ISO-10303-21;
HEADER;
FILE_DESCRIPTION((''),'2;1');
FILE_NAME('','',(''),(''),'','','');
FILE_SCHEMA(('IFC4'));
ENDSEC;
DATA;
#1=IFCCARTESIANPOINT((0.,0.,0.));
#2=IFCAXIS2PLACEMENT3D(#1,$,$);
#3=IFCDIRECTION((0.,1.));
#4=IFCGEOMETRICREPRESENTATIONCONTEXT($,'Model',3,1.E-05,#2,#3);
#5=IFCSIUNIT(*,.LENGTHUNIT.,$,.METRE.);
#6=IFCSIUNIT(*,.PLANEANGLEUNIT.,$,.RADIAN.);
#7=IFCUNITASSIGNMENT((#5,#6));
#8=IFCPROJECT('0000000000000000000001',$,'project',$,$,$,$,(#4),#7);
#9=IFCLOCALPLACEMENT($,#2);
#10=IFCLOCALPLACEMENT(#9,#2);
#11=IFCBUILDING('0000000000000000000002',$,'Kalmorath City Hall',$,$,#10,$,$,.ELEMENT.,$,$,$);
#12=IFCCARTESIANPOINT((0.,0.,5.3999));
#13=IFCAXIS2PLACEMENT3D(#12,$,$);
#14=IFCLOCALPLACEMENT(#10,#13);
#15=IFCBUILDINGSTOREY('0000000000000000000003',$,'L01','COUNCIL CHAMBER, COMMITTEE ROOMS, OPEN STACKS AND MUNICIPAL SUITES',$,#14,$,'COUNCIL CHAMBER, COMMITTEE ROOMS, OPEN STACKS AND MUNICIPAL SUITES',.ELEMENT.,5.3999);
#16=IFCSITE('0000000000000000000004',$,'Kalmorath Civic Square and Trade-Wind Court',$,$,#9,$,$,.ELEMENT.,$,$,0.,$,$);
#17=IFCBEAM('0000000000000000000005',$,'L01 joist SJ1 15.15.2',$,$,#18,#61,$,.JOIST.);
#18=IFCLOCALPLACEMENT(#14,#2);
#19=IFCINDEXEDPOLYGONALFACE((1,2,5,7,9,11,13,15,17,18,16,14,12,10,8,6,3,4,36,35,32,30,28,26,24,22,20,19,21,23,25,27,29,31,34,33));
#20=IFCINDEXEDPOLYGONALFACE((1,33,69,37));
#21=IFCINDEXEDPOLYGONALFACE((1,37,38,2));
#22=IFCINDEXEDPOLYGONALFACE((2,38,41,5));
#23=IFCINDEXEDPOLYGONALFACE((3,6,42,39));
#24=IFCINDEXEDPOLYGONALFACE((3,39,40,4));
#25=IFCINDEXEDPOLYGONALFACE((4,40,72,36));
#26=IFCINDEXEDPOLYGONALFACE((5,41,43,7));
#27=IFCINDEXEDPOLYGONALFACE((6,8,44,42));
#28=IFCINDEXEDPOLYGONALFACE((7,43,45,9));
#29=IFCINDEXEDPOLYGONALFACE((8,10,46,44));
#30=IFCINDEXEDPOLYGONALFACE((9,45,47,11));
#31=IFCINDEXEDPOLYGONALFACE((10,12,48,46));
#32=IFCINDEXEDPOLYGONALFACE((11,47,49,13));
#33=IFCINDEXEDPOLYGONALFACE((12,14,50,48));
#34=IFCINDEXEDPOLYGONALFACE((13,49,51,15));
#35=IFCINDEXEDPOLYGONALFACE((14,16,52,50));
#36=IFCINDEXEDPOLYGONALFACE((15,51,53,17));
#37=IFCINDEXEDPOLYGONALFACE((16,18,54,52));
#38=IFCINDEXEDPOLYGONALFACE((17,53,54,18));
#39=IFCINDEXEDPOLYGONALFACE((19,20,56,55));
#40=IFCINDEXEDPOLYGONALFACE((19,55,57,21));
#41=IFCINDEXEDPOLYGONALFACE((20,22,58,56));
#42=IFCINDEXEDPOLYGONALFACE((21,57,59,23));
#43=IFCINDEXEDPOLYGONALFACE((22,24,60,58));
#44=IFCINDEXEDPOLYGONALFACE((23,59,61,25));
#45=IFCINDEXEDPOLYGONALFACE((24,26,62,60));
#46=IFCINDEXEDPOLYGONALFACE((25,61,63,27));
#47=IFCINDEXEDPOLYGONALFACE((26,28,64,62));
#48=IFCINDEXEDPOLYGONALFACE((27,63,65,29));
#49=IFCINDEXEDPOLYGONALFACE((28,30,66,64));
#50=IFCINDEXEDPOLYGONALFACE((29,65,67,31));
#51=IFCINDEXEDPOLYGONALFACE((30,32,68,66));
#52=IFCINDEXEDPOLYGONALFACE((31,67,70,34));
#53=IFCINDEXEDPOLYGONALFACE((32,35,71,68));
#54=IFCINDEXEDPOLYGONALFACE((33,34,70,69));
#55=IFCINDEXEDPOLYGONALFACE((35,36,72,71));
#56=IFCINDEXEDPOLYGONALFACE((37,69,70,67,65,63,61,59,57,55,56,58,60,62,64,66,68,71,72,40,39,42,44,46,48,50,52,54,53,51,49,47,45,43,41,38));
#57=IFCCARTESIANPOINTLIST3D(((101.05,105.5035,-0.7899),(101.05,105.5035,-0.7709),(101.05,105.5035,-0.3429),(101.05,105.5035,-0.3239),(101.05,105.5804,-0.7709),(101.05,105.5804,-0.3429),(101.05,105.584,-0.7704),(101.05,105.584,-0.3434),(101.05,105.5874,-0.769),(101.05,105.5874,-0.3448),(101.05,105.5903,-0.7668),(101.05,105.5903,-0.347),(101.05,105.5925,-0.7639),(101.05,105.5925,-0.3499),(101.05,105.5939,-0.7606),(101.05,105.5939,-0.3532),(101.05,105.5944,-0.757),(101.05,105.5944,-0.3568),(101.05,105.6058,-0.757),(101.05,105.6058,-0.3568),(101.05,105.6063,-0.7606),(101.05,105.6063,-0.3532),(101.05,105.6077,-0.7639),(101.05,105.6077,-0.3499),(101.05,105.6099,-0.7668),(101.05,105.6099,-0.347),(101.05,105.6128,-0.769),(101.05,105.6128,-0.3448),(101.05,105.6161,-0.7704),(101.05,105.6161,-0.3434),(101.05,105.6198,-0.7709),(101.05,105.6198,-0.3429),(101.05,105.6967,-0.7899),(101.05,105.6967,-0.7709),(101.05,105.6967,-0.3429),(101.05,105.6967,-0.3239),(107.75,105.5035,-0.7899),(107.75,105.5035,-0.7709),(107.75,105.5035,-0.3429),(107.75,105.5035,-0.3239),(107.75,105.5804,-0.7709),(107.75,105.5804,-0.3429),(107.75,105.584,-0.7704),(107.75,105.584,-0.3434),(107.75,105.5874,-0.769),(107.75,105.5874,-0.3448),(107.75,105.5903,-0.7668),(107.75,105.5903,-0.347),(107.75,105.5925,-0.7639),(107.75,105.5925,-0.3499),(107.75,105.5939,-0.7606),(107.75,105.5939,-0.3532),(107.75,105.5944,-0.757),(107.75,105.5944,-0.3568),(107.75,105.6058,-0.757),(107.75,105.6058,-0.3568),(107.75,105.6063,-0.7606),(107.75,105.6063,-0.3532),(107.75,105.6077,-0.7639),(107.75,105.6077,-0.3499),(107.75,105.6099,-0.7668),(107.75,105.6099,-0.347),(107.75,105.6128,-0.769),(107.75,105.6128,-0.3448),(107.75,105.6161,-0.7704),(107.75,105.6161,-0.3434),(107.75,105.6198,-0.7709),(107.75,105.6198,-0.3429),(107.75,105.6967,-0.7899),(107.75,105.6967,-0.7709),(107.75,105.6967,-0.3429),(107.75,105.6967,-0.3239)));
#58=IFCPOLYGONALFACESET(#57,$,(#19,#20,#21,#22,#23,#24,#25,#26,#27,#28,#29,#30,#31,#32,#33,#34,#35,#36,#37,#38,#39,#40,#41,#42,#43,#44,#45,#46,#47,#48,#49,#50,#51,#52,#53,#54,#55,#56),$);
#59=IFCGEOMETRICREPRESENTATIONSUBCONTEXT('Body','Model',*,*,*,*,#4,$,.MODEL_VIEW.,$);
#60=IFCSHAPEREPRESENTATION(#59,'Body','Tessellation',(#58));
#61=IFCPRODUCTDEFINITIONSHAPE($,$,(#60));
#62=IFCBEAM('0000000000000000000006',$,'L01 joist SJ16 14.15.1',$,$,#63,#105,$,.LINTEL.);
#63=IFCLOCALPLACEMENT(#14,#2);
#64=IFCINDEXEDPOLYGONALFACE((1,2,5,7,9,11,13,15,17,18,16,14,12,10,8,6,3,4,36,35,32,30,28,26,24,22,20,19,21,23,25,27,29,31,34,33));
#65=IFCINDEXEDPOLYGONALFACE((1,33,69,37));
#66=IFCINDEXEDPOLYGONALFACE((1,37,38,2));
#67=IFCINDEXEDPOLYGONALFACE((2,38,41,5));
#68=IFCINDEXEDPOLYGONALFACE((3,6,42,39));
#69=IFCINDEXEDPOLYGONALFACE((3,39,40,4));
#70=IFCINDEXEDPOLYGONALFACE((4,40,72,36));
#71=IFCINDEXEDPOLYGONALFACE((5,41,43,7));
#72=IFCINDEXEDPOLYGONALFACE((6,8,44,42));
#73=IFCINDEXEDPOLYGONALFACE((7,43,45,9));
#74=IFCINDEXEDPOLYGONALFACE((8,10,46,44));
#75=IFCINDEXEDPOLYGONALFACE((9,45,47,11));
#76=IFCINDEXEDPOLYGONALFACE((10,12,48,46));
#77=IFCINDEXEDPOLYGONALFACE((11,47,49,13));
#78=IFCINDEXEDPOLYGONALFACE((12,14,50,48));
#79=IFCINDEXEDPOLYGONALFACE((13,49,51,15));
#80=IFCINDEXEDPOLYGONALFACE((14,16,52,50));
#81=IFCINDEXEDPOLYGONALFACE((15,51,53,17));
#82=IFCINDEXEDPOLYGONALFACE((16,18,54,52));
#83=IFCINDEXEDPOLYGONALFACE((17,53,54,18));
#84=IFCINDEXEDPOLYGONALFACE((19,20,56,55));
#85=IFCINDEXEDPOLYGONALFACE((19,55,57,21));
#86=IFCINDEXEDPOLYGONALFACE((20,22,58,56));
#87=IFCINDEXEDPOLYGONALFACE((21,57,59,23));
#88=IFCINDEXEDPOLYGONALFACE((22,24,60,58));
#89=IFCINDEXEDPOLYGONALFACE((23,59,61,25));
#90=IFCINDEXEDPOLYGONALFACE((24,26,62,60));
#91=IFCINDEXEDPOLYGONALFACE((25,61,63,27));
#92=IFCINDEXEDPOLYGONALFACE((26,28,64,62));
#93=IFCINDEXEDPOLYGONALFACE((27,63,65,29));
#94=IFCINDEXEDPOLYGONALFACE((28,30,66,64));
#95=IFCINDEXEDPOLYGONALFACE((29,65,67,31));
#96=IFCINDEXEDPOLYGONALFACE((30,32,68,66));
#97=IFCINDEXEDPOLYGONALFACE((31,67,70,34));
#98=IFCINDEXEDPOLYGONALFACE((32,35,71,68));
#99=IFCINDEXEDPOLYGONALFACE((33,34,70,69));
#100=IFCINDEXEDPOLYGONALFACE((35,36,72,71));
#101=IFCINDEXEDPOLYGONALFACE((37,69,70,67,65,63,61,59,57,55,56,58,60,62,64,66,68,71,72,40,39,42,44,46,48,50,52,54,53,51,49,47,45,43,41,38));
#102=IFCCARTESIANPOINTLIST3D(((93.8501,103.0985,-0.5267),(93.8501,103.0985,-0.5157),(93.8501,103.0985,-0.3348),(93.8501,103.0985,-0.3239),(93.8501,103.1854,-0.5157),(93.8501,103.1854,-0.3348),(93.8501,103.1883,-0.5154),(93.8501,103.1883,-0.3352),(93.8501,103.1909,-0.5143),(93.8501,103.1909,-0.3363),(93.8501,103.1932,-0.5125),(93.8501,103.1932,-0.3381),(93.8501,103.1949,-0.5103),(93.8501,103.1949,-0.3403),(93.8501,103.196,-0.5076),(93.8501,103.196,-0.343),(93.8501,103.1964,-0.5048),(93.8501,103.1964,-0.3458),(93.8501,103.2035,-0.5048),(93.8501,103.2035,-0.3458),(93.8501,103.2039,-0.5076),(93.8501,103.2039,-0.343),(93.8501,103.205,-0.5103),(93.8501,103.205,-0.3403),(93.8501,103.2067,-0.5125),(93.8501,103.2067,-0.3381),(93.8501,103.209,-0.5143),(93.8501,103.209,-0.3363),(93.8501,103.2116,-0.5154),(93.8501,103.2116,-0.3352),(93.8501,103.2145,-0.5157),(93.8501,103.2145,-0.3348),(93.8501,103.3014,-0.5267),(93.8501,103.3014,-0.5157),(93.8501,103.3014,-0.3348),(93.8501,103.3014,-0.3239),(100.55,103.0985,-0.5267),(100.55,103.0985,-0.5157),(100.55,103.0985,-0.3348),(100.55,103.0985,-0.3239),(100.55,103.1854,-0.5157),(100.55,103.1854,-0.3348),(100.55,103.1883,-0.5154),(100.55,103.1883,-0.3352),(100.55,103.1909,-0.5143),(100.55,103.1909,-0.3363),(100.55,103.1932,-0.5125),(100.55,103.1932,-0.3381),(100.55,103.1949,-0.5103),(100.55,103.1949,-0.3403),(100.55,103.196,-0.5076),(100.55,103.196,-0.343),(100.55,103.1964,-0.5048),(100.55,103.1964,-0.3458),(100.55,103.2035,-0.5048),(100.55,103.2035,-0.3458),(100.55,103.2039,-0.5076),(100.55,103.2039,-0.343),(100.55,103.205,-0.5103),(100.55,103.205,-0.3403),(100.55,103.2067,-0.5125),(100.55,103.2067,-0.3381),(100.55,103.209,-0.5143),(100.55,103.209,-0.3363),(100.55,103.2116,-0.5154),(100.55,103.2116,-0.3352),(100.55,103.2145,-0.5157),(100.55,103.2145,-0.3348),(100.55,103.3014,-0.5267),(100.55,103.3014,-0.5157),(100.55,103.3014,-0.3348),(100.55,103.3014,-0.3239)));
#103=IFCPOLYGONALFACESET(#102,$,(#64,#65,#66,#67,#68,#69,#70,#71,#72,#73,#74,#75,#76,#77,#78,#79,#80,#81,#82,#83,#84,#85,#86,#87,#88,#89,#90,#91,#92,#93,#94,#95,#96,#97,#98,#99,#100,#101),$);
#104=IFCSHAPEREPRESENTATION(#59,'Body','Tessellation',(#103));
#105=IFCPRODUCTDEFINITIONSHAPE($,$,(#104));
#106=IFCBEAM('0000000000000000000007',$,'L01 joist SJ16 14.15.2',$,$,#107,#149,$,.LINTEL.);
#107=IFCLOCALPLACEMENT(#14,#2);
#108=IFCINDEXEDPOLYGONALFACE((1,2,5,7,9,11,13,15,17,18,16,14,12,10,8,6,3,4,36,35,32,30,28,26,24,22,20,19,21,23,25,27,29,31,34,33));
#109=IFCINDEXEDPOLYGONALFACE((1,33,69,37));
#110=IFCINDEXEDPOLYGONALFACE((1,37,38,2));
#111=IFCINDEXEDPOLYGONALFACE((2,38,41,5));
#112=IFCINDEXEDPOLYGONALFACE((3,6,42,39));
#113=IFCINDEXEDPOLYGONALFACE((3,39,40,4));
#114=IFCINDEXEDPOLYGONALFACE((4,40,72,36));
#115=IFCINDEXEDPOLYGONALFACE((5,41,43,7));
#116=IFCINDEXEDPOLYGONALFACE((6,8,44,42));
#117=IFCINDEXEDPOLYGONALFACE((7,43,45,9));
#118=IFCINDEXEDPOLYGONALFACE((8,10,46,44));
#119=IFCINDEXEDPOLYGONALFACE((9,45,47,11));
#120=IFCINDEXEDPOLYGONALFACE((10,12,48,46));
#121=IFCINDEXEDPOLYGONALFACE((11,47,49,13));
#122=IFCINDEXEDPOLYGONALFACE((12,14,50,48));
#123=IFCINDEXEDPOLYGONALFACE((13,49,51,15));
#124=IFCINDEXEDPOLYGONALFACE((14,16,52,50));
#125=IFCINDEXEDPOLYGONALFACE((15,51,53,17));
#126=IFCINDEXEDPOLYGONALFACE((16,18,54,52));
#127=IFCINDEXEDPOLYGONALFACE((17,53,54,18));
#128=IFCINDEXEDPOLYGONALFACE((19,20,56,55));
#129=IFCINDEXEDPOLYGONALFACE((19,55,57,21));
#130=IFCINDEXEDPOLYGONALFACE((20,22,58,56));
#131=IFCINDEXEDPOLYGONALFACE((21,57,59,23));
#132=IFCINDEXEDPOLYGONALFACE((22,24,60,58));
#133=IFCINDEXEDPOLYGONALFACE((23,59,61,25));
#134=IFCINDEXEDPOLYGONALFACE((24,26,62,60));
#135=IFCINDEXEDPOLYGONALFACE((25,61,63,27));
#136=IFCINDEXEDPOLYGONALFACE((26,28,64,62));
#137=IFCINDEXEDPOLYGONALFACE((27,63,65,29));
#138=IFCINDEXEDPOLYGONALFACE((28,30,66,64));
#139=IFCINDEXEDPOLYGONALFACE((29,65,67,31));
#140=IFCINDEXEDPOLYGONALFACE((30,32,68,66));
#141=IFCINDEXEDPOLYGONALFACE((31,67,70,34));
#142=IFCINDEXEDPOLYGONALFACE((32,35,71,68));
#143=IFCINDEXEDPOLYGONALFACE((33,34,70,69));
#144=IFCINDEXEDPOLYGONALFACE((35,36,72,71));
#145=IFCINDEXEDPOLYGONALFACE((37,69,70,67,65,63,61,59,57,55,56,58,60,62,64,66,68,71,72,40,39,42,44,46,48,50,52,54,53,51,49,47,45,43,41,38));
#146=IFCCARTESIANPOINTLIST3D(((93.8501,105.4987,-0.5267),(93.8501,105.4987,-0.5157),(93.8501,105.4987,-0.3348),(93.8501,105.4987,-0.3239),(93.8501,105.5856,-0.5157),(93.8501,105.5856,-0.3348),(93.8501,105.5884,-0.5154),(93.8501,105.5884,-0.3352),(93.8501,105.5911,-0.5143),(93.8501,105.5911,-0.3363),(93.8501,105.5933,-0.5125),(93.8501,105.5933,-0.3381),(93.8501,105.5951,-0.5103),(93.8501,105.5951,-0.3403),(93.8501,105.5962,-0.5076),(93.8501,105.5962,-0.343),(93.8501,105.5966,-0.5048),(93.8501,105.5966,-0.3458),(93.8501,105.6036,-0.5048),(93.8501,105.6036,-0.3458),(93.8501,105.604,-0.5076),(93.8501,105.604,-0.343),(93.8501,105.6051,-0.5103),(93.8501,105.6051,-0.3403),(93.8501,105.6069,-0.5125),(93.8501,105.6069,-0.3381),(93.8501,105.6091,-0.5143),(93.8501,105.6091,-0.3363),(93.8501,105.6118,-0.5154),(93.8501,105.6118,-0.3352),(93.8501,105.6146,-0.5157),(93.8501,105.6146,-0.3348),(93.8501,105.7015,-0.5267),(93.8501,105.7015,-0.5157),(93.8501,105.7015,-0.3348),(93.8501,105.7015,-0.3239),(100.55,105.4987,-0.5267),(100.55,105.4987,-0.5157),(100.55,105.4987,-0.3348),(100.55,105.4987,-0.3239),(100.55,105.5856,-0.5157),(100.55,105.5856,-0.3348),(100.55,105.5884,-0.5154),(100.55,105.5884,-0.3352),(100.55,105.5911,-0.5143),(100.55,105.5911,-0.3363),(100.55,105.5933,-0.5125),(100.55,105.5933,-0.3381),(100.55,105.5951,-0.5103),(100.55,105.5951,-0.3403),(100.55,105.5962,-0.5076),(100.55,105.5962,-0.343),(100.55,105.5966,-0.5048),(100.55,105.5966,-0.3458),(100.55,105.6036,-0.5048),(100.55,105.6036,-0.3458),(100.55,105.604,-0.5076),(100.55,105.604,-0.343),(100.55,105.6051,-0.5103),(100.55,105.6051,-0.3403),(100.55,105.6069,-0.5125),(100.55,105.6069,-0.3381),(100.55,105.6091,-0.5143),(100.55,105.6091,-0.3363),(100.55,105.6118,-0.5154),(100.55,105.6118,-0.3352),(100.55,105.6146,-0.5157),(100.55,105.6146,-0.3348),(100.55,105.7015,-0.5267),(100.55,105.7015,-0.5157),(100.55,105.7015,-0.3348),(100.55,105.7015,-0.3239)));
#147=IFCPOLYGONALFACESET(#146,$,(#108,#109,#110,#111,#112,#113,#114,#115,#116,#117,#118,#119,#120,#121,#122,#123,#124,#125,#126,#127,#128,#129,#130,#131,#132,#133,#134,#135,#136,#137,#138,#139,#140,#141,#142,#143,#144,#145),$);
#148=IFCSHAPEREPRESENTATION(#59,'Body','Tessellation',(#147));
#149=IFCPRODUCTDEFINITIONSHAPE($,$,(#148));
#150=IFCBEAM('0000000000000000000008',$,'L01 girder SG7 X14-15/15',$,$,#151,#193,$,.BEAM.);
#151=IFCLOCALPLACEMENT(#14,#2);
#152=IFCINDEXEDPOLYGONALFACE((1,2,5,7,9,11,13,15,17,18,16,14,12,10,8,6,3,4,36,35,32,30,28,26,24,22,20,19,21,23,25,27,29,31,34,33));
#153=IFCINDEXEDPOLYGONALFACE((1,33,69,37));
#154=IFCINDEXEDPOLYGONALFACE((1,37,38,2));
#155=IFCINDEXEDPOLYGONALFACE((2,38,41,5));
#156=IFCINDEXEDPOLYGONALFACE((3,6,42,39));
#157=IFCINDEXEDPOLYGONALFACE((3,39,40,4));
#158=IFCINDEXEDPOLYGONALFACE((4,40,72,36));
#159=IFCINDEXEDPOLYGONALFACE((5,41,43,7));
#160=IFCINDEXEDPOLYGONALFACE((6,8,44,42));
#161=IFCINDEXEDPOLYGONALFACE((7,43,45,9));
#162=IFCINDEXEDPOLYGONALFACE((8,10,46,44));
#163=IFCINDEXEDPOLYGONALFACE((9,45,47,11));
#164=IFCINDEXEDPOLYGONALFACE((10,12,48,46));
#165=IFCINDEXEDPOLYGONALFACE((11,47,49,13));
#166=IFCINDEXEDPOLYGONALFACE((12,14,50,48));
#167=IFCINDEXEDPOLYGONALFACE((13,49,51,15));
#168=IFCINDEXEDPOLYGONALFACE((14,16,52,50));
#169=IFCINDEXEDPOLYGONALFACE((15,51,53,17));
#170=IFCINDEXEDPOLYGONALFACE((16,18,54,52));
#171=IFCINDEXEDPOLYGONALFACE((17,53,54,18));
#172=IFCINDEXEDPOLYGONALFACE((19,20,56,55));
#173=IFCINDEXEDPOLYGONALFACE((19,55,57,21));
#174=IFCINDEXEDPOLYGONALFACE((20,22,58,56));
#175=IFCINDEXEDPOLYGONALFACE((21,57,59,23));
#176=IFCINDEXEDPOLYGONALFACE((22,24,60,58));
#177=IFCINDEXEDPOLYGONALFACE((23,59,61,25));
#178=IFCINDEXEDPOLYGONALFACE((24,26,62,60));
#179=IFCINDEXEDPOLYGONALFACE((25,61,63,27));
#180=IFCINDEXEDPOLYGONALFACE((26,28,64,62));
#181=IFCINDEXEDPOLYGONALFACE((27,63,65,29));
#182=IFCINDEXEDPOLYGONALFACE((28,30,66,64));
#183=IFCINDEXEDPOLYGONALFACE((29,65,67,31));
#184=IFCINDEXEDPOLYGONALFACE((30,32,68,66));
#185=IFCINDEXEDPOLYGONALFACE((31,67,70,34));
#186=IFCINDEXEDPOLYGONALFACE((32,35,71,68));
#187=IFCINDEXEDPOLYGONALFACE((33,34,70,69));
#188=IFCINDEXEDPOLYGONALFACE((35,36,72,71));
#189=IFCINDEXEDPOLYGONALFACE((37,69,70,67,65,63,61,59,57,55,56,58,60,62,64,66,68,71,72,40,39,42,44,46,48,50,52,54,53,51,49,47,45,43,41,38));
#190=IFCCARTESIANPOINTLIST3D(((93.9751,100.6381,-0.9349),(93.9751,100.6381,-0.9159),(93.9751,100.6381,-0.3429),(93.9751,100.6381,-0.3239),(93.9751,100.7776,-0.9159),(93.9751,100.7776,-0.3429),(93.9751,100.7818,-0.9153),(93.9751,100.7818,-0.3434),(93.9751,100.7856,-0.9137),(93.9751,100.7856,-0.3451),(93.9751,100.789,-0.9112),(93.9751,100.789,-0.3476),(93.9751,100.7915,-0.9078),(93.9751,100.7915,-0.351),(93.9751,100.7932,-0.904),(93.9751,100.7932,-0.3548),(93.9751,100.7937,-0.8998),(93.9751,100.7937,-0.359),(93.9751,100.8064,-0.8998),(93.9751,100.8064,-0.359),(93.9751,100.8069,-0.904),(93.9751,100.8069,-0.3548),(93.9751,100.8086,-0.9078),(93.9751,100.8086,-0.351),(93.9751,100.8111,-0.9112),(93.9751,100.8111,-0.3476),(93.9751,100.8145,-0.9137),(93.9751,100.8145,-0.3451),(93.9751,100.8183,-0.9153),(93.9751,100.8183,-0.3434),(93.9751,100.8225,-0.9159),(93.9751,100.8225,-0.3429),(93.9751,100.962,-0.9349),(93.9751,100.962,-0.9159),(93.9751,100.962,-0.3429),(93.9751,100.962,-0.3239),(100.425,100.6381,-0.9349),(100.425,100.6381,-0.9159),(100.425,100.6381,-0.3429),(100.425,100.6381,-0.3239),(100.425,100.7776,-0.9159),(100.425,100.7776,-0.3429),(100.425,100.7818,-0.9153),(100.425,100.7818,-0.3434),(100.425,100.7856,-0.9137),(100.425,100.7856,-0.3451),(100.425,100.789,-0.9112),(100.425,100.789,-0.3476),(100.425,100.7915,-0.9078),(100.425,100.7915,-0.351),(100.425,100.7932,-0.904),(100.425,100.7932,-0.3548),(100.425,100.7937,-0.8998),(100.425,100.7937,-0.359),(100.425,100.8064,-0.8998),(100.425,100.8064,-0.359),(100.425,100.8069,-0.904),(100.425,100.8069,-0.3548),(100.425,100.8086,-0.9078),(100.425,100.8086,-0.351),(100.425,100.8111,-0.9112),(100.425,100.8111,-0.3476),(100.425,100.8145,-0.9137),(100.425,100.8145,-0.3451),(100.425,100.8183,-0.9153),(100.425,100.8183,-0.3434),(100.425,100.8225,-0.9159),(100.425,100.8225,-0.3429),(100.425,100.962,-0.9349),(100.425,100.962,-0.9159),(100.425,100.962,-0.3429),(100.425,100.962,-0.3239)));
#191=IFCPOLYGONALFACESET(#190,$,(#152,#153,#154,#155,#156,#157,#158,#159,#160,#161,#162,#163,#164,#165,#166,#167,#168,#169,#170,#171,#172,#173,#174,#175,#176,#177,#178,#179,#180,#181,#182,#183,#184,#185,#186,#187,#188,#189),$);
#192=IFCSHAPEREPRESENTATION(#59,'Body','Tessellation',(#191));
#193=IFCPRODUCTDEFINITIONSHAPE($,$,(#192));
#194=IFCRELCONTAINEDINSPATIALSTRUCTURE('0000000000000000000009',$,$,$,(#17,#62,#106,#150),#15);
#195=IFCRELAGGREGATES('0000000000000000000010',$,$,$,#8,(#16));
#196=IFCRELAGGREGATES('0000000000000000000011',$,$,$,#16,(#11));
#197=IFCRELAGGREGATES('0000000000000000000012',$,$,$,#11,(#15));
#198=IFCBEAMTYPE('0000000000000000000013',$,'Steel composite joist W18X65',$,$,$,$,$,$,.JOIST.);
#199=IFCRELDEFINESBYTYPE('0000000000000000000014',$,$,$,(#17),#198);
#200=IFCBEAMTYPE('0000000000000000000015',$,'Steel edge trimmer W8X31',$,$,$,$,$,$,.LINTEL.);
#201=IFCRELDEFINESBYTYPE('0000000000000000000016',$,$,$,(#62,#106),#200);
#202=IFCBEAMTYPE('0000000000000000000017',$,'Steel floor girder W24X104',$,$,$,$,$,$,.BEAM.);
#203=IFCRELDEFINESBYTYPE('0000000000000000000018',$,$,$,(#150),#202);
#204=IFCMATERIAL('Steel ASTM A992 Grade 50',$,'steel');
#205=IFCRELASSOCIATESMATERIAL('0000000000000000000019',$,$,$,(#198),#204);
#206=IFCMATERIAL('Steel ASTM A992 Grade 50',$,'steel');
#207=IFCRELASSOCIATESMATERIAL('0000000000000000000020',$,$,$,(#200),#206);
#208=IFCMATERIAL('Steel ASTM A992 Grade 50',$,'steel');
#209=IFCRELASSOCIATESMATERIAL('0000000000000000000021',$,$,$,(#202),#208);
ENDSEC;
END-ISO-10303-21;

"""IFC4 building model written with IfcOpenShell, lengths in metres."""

from ifc_helpers import new_model, si_unit, direction, frame, origin, origin_2d, place, context, subcontext, project, spatial, i_section, extrude, material, material_profile, profile_set, type_object, element, save


model = new_model("IFC4")

# Units and contexts
model_context = context("Model", 3, precision=1e-05, world=origin(), true_north=direction((0.0, 1.0)))
body_context = subcontext(model_context, "Body", "Model", "MODEL_VIEW")
ifc_project = project(units=[si_unit("LENGTHUNIT", "METRE"), si_unit("PLANEANGLEUNIT", "RADIAN")], contexts=[model_context])

# Site, building, storey
site_placement = place(None, origin())
site = spatial("IfcSite", under=ifc_project, at=site_placement, Name="Kalmorath Civic Square and Trade-Wind Court", CompositionType="ELEMENT", RefElevation=0.0)
building_placement = place(site_placement, origin())
building = spatial("IfcBuilding", under=site, at=building_placement, Name="Kalmorath City Hall", CompositionType="ELEMENT")
storey_placement = place(building_placement, frame((0.0, 0.0, 5.3999)))
storey = spatial("IfcBuildingStorey", under=building, at=storey_placement, Name="L01", Description="COUNCIL CHAMBER, COMMITTEE ROOMS, OPEN STACKS AND MUNICIPAL SUITES", LongName="COUNCIL CHAMBER, COMMITTEE ROOMS, OPEN STACKS AND MUNICIPAL SUITES", CompositionType="ELEMENT", Elevation=5.3999)

# Beams
ifc_material_1 = material(Name="Steel ASTM A992 Grade 50", Category="steel")
ifc_material_profile_1 = material_profile(ifc_material_1, i_section(OverallWidth=0.1931, OverallDepth=0.4661, WebThickness=0.0115, FlangeThickness=0.019, FilletRadius=0.0139, at=origin_2d()), Name="W18X65")
ifc_profile_set_1 = profile_set([ifc_material_profile_1], Name="Steel ASTM A992 Grade 50")
beam_type_1 = type_object("IfcBeamType", Name="Steel composite joist W18X65", PredefinedType="JOIST", material=ifc_profile_set_1)
for number, where, z_axis, x_axis, name in (
    (1, (101.05, 105.6001, -0.5569), (1.0, 0.0, 0.0), (0.0, 1.0, 0.0), "L01 joist SJ1 15.15.2"),
):
    element("IfcBeam", number, at=place(storey_placement, frame(where, z_axis=z_axis, x_axis=x_axis)), inside=storey, type_object=beam_type_1, Name=name, PredefinedType="JOIST", context=body_context, shape_type="SweptSolid", body=[
        extrude(i_section(OverallWidth=0.1931, OverallDepth=0.4661, WebThickness=0.0115, FlangeThickness=0.019, FilletRadius=0.0139, at=origin_2d()), origin(), (0.0, 0.0, 1.0), 6.7),
    ])
ifc_material_2 = material(Name="Steel ASTM A992 Grade 50", Category="steel")
ifc_material_profile_2 = material_profile(ifc_material_2, i_section(OverallWidth=0.2029, OverallDepth=0.2029, WebThickness=0.0071, FlangeThickness=0.011, FilletRadius=0.011, at=origin_2d()), Name="W8X31")
ifc_profile_set_2 = profile_set([ifc_material_profile_2], Name="Steel ASTM A992 Grade 50")
beam_type_2 = type_object("IfcBeamType", Name="Steel edge trimmer W8X31", PredefinedType="LINTEL", material=ifc_profile_set_2)
for number, where, z_axis, x_axis, name in (
    (2, (93.8501, 103.2, -0.4253), (1.0, 0.0, 0.0), (0.0, 1.0, 0.0), "L01 joist SJ16 14.15.1"),
    (3, (93.8501, 105.6001, -0.4253), (1.0, 0.0, 0.0), (0.0, 1.0, 0.0), "L01 joist SJ16 14.15.2"),
):
    element("IfcBeam", number, at=place(storey_placement, frame(where, z_axis=z_axis, x_axis=x_axis)), inside=storey, type_object=beam_type_2, Name=name, PredefinedType="LINTEL", context=body_context, shape_type="SweptSolid", body=[
        extrude(i_section(OverallWidth=0.2029, OverallDepth=0.2029, WebThickness=0.0071, FlangeThickness=0.011, FilletRadius=0.011, at=origin_2d()), origin(), (0.0, 0.0, 1.0), 6.7),
    ])
ifc_material_3 = material(Name="Steel ASTM A992 Grade 50", Category="steel")
ifc_material_profile_3 = material_profile(ifc_material_3, i_section(OverallWidth=0.324, OverallDepth=0.6111, WebThickness=0.0127, FlangeThickness=0.019, FilletRadius=0.0161, at=origin_2d()), Name="W24X104")
ifc_profile_set_3 = profile_set([ifc_material_profile_3], Name="Steel ASTM A992 Grade 50")
beam_type_3 = type_object("IfcBeamType", Name="Steel floor girder W24X104", PredefinedType="BEAM", material=ifc_profile_set_3)
for number, where, z_axis, x_axis, name in (
    (4, (93.9751, 100.8, -0.6294), (1.0, 0.0, 0.0), (0.0, 1.0, 0.0), "L01 girder SG7 X14-15/15"),
):
    element("IfcBeam", number, at=place(storey_placement, frame(where, z_axis=z_axis, x_axis=x_axis)), inside=storey, type_object=beam_type_3, Name=name, PredefinedType="BEAM", context=body_context, shape_type="SweptSolid", body=[
        extrude(i_section(OverallWidth=0.324, OverallDepth=0.6111, WebThickness=0.0127, FlangeThickness=0.019, FilletRadius=0.0161, at=origin_2d()), origin(), (0.0, 0.0, 1.0), 6.45),
    ])

save(model, "model.ifc")
